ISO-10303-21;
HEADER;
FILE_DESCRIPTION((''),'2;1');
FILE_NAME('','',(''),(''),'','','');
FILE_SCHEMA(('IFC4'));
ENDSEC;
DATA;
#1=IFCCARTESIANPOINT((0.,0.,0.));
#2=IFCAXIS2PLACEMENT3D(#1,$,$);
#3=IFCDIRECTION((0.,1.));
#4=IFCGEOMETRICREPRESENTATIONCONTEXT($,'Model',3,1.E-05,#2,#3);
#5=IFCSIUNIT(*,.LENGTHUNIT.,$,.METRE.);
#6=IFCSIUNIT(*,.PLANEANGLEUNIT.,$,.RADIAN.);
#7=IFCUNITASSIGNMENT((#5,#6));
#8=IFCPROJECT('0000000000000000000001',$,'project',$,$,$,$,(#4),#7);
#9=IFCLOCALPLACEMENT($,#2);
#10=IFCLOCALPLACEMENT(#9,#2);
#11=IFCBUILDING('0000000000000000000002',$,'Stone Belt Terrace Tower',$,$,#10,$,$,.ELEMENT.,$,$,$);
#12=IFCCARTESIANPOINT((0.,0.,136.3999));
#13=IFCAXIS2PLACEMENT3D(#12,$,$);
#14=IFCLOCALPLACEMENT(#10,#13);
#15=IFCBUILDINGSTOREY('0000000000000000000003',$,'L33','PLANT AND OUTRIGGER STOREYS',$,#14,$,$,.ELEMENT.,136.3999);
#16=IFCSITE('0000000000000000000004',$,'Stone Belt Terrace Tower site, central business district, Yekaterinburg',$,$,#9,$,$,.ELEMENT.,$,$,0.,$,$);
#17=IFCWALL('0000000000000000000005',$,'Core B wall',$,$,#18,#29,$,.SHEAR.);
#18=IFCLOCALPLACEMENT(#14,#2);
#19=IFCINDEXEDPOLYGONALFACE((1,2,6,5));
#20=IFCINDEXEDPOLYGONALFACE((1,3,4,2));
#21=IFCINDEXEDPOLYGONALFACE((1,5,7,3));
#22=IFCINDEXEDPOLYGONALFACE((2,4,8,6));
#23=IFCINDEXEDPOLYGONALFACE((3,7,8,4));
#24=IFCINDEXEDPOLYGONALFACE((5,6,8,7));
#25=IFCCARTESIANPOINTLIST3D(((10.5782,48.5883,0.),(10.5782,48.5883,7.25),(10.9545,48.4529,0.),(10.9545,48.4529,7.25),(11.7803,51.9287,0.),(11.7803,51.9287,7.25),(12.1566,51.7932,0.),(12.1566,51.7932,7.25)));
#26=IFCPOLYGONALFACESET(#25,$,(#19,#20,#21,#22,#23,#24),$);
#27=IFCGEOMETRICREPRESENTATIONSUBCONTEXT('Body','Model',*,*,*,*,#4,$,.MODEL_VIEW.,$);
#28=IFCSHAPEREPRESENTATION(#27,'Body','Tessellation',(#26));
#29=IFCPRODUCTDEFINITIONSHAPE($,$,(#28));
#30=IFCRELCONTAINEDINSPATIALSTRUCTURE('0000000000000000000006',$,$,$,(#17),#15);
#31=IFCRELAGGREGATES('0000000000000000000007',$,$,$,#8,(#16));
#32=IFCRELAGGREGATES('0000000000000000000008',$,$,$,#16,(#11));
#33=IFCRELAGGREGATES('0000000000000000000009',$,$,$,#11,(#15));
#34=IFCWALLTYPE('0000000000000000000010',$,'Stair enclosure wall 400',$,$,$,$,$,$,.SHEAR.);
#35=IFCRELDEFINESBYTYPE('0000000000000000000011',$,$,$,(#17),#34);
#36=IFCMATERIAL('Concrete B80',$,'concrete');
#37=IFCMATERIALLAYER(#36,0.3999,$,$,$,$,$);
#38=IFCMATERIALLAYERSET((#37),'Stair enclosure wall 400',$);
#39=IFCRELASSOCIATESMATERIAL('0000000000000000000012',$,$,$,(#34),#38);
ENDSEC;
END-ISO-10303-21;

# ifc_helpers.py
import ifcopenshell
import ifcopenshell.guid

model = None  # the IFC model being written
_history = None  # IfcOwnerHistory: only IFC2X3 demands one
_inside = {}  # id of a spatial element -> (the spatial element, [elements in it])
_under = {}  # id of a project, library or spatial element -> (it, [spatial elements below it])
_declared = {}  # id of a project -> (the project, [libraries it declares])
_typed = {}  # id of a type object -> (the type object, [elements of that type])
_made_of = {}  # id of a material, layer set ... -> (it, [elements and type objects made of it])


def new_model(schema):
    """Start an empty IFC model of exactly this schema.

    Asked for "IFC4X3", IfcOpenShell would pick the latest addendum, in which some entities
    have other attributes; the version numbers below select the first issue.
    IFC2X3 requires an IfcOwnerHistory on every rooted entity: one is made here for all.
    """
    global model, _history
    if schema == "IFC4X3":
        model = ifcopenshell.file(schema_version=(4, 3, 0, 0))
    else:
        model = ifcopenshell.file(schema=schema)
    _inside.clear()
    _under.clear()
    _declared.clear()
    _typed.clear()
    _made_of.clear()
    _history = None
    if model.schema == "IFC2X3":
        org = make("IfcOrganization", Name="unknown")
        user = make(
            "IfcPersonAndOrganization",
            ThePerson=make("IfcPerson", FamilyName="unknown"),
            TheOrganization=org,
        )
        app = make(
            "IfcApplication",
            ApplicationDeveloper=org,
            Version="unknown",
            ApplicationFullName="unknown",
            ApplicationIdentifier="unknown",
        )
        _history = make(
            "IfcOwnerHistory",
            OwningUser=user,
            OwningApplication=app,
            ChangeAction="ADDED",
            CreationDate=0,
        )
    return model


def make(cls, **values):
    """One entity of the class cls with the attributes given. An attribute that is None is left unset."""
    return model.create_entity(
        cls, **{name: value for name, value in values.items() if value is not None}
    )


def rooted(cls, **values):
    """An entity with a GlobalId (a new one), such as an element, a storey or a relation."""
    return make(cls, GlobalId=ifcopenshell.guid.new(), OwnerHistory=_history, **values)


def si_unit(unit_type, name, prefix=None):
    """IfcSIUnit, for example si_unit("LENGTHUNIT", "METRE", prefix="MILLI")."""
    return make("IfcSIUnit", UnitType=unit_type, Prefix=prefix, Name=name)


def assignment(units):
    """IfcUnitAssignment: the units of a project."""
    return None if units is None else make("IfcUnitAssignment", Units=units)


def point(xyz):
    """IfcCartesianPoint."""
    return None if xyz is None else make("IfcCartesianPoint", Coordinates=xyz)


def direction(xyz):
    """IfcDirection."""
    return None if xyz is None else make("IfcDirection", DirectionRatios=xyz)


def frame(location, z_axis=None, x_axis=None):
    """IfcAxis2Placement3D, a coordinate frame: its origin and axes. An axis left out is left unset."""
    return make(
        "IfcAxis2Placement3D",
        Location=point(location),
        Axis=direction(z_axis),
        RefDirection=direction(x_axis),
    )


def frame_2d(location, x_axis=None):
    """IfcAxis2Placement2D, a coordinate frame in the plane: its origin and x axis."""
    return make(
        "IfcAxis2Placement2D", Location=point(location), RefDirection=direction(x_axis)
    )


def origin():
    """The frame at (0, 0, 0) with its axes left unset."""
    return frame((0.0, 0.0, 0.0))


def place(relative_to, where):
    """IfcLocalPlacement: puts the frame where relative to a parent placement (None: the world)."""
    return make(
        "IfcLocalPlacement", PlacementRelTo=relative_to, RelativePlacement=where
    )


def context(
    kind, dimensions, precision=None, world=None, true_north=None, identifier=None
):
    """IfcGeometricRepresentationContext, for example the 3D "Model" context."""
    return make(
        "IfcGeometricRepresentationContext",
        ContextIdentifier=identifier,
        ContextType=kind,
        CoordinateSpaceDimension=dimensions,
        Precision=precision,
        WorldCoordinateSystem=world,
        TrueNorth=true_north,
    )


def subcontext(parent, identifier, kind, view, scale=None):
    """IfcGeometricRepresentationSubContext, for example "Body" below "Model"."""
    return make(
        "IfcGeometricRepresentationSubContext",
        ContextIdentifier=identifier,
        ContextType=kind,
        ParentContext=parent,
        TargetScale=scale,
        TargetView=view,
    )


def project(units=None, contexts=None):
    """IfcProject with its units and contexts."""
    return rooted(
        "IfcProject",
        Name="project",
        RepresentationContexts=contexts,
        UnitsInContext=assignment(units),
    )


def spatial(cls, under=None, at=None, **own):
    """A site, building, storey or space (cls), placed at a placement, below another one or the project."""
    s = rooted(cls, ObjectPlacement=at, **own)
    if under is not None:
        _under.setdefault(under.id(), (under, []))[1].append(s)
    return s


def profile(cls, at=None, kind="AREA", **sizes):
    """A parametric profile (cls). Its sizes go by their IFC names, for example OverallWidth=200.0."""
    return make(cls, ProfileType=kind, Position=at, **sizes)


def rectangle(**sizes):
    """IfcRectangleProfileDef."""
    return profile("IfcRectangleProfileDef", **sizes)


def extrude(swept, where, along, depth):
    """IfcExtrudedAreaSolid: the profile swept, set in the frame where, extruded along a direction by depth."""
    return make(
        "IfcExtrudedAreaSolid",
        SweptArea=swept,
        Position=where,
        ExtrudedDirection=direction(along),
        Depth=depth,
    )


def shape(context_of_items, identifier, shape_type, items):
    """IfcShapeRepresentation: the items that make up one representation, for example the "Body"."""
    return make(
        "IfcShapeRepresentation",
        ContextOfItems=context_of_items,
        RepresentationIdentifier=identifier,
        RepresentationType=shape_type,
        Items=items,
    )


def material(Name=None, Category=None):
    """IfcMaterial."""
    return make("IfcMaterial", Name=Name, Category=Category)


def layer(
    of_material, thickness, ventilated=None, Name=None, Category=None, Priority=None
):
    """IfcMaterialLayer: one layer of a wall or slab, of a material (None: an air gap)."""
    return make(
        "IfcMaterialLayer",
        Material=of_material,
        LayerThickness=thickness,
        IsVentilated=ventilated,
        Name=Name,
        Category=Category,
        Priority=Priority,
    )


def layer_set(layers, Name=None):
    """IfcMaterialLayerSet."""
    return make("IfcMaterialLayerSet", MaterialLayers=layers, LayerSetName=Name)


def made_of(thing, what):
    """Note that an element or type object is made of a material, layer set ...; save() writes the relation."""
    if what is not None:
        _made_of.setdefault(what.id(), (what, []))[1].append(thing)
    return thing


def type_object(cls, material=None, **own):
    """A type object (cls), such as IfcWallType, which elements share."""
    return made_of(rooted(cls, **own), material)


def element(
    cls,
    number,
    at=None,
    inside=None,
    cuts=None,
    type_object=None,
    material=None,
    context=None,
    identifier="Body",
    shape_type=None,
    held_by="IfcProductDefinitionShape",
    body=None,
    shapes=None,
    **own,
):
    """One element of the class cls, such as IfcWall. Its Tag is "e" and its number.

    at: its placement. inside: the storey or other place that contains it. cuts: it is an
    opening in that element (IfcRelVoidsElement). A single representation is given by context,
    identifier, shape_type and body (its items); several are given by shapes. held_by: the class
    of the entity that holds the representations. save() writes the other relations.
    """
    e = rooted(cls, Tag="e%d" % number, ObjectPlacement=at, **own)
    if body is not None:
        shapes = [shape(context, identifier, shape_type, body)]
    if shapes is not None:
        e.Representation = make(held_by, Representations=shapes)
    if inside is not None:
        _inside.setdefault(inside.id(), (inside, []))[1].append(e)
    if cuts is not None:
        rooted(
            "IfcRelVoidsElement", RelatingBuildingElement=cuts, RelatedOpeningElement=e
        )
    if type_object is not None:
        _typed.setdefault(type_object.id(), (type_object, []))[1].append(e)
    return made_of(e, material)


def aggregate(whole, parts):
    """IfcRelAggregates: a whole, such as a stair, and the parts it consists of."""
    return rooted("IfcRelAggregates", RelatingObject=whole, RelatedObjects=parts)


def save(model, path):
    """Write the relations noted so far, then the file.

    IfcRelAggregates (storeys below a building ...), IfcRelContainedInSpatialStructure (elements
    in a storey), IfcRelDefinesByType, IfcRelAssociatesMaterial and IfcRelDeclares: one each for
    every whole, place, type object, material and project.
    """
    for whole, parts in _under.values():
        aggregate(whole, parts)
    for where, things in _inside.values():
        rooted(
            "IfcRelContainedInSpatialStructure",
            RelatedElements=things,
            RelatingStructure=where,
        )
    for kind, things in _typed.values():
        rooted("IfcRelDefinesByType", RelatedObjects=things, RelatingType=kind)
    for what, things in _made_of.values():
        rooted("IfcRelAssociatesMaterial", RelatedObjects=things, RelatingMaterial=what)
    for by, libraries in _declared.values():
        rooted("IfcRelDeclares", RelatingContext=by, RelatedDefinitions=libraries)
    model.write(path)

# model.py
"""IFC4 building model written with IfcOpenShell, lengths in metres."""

from ifc_helpers import new_model, si_unit, direction, frame, frame_2d, origin, place, context, subcontext, project, spatial, rectangle, extrude, material, layer, layer_set, type_object, element, save


model = new_model("IFC4")

# Units and contexts
model_context = context("Model", 3, precision=1e-05, world=origin(), true_north=direction((0.0, 1.0)))
body_context = subcontext(model_context, "Body", "Model", "MODEL_VIEW")
ifc_project = project(units=[si_unit("LENGTHUNIT", "METRE"), si_unit("PLANEANGLEUNIT", "RADIAN")], contexts=[model_context])

# Site, building, storey
site_placement = place(None, origin())
site = spatial("IfcSite", under=ifc_project, at=site_placement, Name="Stone Belt Terrace Tower site, central business district, Yekaterinburg", CompositionType="ELEMENT", RefElevation=0.0)
building_placement = place(site_placement, origin())
building = spatial("IfcBuilding", under=site, at=building_placement, Name="Stone Belt Terrace Tower", CompositionType="ELEMENT")
storey_placement = place(building_placement, frame((0.0, 0.0, 136.3999)))
storey = spatial("IfcBuildingStorey", under=building, at=storey_placement, Name="L33", Description="PLANT AND OUTRIGGER STOREYS", CompositionType="ELEMENT", Elevation=136.3999)

# Shared definitions
ifc_material_1 = material(Name="Concrete B80", Category="concrete")

# Wall
ifc_layer_1 = layer(ifc_material_1, 0.3999)
ifc_layer_set_1 = layer_set([ifc_layer_1], Name="Stair enclosure wall 400")
wall_type_1 = type_object("IfcWallType", Name="Stair enclosure wall 400", PredefinedType="SHEAR", material=ifc_layer_set_1)
wall_1_placement = place(storey_placement, frame((10.7664, 48.5208, 0.0), z_axis=(0.0, 0.0, 1.0), x_axis=(0.338627, 0.940921, 0.0)))
element("IfcWall", 1, at=wall_1_placement, inside=storey, type_object=wall_type_1, Name="Core B wall", PredefinedType="SHEAR", context=body_context, shape_type="SweptSolid", body=[
    extrude(rectangle(XDim=3.55, YDim=0.3999, at=frame_2d((1.7749, 0.0))), origin(), (0.0, 0.0, 1.0), 7.25),
])

save(model, "model.ifc")
